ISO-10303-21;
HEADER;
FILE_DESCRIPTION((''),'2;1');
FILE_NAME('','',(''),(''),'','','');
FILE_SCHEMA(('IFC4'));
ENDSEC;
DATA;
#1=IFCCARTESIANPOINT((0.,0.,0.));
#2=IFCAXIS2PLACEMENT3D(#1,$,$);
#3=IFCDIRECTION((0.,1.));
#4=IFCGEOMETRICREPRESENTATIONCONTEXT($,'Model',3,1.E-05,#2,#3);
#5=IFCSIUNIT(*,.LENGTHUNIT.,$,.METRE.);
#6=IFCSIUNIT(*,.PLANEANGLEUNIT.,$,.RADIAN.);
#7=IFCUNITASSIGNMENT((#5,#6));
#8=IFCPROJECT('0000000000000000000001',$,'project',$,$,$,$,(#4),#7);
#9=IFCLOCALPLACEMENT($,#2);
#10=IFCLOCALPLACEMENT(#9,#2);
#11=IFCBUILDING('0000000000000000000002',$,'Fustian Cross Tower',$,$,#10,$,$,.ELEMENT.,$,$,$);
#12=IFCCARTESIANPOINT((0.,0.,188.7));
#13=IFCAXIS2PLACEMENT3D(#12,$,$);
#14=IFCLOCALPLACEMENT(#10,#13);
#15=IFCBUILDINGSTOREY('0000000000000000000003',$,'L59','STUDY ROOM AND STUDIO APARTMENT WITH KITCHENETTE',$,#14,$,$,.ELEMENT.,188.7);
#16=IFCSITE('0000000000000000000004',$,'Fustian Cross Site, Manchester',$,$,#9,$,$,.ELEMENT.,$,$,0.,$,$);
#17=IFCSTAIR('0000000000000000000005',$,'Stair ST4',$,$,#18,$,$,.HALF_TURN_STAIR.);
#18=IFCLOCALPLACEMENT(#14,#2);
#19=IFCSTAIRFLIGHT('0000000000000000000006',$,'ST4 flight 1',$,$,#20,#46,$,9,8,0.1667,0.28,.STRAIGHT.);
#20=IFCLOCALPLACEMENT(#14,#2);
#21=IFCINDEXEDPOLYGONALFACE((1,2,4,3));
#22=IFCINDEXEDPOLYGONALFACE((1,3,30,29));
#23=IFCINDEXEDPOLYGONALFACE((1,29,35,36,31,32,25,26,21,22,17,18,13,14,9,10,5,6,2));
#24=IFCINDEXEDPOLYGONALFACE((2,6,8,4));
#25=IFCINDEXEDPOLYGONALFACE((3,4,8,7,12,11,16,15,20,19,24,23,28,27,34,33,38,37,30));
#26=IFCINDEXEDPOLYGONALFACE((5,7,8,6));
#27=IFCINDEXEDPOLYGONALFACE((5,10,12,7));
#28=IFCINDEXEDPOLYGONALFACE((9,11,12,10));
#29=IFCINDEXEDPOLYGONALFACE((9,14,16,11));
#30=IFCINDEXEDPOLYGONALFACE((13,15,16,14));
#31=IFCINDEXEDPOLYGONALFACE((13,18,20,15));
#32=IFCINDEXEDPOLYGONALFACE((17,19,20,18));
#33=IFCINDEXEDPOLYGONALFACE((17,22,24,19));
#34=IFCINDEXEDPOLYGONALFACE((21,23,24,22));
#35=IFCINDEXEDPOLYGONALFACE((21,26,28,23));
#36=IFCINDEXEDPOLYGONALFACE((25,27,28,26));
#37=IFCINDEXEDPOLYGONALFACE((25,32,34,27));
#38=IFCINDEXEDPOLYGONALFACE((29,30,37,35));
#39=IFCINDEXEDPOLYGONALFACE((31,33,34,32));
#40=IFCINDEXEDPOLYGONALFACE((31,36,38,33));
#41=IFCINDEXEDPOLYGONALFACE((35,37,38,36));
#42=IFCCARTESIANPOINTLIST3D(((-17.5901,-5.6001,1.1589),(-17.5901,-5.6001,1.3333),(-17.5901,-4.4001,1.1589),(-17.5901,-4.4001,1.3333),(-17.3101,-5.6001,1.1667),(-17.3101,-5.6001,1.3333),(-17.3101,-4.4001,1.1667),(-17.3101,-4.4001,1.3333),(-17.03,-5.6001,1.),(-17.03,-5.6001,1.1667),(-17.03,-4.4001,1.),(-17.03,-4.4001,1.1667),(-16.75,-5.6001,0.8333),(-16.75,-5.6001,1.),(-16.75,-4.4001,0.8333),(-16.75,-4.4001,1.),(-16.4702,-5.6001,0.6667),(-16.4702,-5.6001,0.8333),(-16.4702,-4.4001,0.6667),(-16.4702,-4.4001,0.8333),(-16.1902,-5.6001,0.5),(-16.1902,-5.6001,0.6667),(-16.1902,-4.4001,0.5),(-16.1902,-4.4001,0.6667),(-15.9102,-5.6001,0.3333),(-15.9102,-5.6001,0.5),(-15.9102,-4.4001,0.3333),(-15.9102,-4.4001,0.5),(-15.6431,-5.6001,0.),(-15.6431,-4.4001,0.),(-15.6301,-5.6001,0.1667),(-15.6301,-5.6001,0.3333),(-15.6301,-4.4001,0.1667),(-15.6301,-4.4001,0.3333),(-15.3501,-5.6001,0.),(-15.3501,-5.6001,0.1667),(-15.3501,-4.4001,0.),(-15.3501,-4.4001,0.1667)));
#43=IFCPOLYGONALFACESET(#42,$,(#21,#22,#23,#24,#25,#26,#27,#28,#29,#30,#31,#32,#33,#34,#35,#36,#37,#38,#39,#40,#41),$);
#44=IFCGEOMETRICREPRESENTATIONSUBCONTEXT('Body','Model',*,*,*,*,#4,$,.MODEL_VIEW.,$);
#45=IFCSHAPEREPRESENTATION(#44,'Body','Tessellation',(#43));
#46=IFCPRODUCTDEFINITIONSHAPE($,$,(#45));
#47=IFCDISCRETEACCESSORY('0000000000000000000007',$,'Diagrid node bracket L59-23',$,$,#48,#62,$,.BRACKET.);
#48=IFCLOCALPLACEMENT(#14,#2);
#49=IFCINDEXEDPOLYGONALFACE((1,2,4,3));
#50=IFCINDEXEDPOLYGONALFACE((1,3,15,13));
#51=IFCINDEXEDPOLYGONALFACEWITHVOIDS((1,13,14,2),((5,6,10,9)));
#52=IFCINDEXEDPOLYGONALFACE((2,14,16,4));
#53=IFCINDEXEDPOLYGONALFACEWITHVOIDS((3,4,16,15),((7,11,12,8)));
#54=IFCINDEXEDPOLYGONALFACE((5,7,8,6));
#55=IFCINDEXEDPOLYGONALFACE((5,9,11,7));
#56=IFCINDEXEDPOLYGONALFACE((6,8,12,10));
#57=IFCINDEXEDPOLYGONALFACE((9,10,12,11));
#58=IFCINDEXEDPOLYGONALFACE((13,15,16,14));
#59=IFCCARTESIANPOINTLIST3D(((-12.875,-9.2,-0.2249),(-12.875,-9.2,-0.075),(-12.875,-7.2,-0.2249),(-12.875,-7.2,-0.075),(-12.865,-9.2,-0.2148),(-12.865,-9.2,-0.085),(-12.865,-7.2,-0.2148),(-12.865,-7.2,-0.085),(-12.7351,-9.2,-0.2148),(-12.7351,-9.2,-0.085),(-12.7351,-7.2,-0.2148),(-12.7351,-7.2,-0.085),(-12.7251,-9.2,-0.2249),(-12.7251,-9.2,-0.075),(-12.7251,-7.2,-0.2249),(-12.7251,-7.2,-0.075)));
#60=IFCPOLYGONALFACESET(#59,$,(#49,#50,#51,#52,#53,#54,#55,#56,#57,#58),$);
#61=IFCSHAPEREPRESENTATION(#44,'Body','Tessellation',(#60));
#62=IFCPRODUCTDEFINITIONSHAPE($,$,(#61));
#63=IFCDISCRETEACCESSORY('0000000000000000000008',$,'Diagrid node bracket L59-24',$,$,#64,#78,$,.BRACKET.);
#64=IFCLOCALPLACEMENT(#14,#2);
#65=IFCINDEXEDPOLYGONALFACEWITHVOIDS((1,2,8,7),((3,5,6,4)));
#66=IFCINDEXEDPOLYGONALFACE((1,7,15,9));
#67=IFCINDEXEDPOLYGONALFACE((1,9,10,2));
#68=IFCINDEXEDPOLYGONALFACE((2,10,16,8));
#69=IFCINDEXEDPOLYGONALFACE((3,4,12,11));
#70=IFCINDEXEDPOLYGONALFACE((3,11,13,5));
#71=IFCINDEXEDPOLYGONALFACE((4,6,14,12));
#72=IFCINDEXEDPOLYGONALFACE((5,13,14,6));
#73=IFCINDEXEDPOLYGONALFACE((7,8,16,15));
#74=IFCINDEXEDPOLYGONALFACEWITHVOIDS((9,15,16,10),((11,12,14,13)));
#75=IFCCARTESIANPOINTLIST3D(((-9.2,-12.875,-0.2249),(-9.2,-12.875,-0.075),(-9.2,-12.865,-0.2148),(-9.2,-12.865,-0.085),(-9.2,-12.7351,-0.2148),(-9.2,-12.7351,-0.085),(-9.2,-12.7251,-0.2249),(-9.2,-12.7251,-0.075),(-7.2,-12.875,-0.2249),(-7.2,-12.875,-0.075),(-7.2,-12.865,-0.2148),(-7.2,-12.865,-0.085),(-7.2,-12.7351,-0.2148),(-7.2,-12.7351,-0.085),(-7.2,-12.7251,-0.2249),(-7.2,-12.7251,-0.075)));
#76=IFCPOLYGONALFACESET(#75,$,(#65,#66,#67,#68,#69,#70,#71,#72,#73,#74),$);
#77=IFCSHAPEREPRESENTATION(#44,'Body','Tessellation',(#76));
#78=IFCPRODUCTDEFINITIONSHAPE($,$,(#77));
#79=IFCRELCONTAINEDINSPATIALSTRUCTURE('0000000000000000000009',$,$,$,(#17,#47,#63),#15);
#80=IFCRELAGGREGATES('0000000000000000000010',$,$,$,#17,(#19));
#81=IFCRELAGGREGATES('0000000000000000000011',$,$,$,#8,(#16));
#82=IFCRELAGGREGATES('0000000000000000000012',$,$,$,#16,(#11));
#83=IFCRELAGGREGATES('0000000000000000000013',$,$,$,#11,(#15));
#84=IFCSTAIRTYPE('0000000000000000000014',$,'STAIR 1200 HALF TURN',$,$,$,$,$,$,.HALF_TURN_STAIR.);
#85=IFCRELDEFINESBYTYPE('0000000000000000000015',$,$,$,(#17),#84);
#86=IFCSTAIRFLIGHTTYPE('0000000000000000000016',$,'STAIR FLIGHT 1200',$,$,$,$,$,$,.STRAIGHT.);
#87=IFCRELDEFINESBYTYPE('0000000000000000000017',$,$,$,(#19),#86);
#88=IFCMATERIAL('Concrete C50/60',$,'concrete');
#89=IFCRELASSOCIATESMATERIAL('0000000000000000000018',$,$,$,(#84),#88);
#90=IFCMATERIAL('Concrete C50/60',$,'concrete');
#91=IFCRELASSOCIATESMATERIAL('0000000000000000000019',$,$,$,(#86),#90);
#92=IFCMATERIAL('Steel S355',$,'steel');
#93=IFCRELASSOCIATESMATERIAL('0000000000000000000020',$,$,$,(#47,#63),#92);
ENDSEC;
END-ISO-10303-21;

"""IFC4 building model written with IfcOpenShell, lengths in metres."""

from ifc_helpers import new_model, si_unit, direction, frame, origin, origin_2d, place, context, subcontext, project, spatial, polyline, hollow_rectangle, outline, extrude, material, type_object, element, aggregate, save


model = new_model("IFC4")

# Units and contexts
model_context = context("Model", 3, precision=1e-05, world=origin(), true_north=direction((0.0, 1.0)))
body_context = subcontext(model_context, "Body", "Model", "MODEL_VIEW")
ifc_project = project(units=[si_unit("LENGTHUNIT", "METRE"), si_unit("PLANEANGLEUNIT", "RADIAN")], contexts=[model_context])

# Site, building, storey
site_placement = place(None, origin())
site = spatial("IfcSite", under=ifc_project, at=site_placement, Name="Fustian Cross Site, Manchester", CompositionType="ELEMENT", RefElevation=0.0)
building_placement = place(site_placement, origin())
building = spatial("IfcBuilding", under=site, at=building_placement, Name="Fustian Cross Tower", CompositionType="ELEMENT")
storey_placement = place(building_placement, frame((0.0, 0.0, 188.7)))
storey = spatial("IfcBuildingStorey", under=building, at=storey_placement, Name="L59", Description="STUDY ROOM AND STUDIO APARTMENT WITH KITCHENETTE", CompositionType="ELEMENT", Elevation=188.7)

# Stair, stair flight
ifc_material_1 = material(Name="Concrete C50/60", Category="concrete")
stair_type = type_object("IfcStairType", Name="STAIR 1200 HALF TURN", PredefinedType="HALF_TURN_STAIR", material=ifc_material_1)
stair_placement = place(storey_placement, origin())
stair = element("IfcStair", 1, at=stair_placement, inside=storey, type_object=stair_type, Name="Stair ST4", PredefinedType="HALF_TURN_STAIR")
ifc_material_2 = material(Name="Concrete C50/60", Category="concrete")
stair_flight_type = type_object("IfcStairFlightType", Name="STAIR FLIGHT 1200", PredefinedType="STRAIGHT", material=ifc_material_2)
stair_flight_placement = place(storey_placement, frame((-15.3501, -5.0, 0.0), z_axis=(0.0, 0.0, 1.0), x_axis=(-1.0, 0.0, 0.0)))
stair_flight = element("IfcStairFlight", 2, at=stair_flight_placement, type_object=stair_flight_type, Name="ST4 flight 1", NumberOfRisers=9, NumberOfTreads=8, PredefinedType="STRAIGHT", RiserHeight=0.1667, TreadLength=0.28, context=body_context, shape_type="SweptSolid", body=[
    extrude(outline(polyline([(0.0, 0.0), (0.0, 0.1667), (0.28, 0.1667), (0.28, 0.3333), (0.5601, 0.3333), (0.5601, 0.5), (0.8401, 0.5), (0.8401, 0.6667), (1.1201, 0.6667), (1.1201, 0.8333), (1.3999, 0.8333), (1.3999, 1.0), (1.6799, 1.0), (1.6799, 1.1667), (1.96, 1.1667), (1.96, 1.3333), (2.24, 1.3333), (2.24, 1.5), (2.24, 1.1589), (0.293, 0.0), (0.0, 0.0)])), frame((0.0, 0.6001, 0.0), z_axis=(0.0, -1.0, 0.0), x_axis=(1.0, 0.0, 0.0)), (0.0, 0.0, 1.0), 1.2),
])
aggregate(stair, [stair_flight])

# Discrete accessories
ifc_material_3 = material(Name="Steel S355", Category="steel")
for number, where, z_axis, x_axis, name in (
    (3, (-12.8, -9.2, -0.1499), (0.0, 1.0, 0.0), (-1.0, 0.0, 0.0), "Diagrid node bracket L59-23"),
    (4, (-9.2, -12.8, -0.1499), (1.0, 0.0, 0.0), (0.0, 1.0, 0.0), "Diagrid node bracket L59-24"),
):
    element("IfcDiscreteAccessory", number, at=place(storey_placement, frame(where, z_axis=z_axis, x_axis=x_axis)), inside=storey, material=ifc_material_3, Name=name, PredefinedType="BRACKET", context=body_context, shape_type="SweptSolid", body=[
        extrude(hollow_rectangle(XDim=0.1499, YDim=0.1499, WallThickness=0.01, at=origin_2d()), origin(), (0.0, 0.0, 1.0), 2.0),
    ])

save(model, "model.ifc")
